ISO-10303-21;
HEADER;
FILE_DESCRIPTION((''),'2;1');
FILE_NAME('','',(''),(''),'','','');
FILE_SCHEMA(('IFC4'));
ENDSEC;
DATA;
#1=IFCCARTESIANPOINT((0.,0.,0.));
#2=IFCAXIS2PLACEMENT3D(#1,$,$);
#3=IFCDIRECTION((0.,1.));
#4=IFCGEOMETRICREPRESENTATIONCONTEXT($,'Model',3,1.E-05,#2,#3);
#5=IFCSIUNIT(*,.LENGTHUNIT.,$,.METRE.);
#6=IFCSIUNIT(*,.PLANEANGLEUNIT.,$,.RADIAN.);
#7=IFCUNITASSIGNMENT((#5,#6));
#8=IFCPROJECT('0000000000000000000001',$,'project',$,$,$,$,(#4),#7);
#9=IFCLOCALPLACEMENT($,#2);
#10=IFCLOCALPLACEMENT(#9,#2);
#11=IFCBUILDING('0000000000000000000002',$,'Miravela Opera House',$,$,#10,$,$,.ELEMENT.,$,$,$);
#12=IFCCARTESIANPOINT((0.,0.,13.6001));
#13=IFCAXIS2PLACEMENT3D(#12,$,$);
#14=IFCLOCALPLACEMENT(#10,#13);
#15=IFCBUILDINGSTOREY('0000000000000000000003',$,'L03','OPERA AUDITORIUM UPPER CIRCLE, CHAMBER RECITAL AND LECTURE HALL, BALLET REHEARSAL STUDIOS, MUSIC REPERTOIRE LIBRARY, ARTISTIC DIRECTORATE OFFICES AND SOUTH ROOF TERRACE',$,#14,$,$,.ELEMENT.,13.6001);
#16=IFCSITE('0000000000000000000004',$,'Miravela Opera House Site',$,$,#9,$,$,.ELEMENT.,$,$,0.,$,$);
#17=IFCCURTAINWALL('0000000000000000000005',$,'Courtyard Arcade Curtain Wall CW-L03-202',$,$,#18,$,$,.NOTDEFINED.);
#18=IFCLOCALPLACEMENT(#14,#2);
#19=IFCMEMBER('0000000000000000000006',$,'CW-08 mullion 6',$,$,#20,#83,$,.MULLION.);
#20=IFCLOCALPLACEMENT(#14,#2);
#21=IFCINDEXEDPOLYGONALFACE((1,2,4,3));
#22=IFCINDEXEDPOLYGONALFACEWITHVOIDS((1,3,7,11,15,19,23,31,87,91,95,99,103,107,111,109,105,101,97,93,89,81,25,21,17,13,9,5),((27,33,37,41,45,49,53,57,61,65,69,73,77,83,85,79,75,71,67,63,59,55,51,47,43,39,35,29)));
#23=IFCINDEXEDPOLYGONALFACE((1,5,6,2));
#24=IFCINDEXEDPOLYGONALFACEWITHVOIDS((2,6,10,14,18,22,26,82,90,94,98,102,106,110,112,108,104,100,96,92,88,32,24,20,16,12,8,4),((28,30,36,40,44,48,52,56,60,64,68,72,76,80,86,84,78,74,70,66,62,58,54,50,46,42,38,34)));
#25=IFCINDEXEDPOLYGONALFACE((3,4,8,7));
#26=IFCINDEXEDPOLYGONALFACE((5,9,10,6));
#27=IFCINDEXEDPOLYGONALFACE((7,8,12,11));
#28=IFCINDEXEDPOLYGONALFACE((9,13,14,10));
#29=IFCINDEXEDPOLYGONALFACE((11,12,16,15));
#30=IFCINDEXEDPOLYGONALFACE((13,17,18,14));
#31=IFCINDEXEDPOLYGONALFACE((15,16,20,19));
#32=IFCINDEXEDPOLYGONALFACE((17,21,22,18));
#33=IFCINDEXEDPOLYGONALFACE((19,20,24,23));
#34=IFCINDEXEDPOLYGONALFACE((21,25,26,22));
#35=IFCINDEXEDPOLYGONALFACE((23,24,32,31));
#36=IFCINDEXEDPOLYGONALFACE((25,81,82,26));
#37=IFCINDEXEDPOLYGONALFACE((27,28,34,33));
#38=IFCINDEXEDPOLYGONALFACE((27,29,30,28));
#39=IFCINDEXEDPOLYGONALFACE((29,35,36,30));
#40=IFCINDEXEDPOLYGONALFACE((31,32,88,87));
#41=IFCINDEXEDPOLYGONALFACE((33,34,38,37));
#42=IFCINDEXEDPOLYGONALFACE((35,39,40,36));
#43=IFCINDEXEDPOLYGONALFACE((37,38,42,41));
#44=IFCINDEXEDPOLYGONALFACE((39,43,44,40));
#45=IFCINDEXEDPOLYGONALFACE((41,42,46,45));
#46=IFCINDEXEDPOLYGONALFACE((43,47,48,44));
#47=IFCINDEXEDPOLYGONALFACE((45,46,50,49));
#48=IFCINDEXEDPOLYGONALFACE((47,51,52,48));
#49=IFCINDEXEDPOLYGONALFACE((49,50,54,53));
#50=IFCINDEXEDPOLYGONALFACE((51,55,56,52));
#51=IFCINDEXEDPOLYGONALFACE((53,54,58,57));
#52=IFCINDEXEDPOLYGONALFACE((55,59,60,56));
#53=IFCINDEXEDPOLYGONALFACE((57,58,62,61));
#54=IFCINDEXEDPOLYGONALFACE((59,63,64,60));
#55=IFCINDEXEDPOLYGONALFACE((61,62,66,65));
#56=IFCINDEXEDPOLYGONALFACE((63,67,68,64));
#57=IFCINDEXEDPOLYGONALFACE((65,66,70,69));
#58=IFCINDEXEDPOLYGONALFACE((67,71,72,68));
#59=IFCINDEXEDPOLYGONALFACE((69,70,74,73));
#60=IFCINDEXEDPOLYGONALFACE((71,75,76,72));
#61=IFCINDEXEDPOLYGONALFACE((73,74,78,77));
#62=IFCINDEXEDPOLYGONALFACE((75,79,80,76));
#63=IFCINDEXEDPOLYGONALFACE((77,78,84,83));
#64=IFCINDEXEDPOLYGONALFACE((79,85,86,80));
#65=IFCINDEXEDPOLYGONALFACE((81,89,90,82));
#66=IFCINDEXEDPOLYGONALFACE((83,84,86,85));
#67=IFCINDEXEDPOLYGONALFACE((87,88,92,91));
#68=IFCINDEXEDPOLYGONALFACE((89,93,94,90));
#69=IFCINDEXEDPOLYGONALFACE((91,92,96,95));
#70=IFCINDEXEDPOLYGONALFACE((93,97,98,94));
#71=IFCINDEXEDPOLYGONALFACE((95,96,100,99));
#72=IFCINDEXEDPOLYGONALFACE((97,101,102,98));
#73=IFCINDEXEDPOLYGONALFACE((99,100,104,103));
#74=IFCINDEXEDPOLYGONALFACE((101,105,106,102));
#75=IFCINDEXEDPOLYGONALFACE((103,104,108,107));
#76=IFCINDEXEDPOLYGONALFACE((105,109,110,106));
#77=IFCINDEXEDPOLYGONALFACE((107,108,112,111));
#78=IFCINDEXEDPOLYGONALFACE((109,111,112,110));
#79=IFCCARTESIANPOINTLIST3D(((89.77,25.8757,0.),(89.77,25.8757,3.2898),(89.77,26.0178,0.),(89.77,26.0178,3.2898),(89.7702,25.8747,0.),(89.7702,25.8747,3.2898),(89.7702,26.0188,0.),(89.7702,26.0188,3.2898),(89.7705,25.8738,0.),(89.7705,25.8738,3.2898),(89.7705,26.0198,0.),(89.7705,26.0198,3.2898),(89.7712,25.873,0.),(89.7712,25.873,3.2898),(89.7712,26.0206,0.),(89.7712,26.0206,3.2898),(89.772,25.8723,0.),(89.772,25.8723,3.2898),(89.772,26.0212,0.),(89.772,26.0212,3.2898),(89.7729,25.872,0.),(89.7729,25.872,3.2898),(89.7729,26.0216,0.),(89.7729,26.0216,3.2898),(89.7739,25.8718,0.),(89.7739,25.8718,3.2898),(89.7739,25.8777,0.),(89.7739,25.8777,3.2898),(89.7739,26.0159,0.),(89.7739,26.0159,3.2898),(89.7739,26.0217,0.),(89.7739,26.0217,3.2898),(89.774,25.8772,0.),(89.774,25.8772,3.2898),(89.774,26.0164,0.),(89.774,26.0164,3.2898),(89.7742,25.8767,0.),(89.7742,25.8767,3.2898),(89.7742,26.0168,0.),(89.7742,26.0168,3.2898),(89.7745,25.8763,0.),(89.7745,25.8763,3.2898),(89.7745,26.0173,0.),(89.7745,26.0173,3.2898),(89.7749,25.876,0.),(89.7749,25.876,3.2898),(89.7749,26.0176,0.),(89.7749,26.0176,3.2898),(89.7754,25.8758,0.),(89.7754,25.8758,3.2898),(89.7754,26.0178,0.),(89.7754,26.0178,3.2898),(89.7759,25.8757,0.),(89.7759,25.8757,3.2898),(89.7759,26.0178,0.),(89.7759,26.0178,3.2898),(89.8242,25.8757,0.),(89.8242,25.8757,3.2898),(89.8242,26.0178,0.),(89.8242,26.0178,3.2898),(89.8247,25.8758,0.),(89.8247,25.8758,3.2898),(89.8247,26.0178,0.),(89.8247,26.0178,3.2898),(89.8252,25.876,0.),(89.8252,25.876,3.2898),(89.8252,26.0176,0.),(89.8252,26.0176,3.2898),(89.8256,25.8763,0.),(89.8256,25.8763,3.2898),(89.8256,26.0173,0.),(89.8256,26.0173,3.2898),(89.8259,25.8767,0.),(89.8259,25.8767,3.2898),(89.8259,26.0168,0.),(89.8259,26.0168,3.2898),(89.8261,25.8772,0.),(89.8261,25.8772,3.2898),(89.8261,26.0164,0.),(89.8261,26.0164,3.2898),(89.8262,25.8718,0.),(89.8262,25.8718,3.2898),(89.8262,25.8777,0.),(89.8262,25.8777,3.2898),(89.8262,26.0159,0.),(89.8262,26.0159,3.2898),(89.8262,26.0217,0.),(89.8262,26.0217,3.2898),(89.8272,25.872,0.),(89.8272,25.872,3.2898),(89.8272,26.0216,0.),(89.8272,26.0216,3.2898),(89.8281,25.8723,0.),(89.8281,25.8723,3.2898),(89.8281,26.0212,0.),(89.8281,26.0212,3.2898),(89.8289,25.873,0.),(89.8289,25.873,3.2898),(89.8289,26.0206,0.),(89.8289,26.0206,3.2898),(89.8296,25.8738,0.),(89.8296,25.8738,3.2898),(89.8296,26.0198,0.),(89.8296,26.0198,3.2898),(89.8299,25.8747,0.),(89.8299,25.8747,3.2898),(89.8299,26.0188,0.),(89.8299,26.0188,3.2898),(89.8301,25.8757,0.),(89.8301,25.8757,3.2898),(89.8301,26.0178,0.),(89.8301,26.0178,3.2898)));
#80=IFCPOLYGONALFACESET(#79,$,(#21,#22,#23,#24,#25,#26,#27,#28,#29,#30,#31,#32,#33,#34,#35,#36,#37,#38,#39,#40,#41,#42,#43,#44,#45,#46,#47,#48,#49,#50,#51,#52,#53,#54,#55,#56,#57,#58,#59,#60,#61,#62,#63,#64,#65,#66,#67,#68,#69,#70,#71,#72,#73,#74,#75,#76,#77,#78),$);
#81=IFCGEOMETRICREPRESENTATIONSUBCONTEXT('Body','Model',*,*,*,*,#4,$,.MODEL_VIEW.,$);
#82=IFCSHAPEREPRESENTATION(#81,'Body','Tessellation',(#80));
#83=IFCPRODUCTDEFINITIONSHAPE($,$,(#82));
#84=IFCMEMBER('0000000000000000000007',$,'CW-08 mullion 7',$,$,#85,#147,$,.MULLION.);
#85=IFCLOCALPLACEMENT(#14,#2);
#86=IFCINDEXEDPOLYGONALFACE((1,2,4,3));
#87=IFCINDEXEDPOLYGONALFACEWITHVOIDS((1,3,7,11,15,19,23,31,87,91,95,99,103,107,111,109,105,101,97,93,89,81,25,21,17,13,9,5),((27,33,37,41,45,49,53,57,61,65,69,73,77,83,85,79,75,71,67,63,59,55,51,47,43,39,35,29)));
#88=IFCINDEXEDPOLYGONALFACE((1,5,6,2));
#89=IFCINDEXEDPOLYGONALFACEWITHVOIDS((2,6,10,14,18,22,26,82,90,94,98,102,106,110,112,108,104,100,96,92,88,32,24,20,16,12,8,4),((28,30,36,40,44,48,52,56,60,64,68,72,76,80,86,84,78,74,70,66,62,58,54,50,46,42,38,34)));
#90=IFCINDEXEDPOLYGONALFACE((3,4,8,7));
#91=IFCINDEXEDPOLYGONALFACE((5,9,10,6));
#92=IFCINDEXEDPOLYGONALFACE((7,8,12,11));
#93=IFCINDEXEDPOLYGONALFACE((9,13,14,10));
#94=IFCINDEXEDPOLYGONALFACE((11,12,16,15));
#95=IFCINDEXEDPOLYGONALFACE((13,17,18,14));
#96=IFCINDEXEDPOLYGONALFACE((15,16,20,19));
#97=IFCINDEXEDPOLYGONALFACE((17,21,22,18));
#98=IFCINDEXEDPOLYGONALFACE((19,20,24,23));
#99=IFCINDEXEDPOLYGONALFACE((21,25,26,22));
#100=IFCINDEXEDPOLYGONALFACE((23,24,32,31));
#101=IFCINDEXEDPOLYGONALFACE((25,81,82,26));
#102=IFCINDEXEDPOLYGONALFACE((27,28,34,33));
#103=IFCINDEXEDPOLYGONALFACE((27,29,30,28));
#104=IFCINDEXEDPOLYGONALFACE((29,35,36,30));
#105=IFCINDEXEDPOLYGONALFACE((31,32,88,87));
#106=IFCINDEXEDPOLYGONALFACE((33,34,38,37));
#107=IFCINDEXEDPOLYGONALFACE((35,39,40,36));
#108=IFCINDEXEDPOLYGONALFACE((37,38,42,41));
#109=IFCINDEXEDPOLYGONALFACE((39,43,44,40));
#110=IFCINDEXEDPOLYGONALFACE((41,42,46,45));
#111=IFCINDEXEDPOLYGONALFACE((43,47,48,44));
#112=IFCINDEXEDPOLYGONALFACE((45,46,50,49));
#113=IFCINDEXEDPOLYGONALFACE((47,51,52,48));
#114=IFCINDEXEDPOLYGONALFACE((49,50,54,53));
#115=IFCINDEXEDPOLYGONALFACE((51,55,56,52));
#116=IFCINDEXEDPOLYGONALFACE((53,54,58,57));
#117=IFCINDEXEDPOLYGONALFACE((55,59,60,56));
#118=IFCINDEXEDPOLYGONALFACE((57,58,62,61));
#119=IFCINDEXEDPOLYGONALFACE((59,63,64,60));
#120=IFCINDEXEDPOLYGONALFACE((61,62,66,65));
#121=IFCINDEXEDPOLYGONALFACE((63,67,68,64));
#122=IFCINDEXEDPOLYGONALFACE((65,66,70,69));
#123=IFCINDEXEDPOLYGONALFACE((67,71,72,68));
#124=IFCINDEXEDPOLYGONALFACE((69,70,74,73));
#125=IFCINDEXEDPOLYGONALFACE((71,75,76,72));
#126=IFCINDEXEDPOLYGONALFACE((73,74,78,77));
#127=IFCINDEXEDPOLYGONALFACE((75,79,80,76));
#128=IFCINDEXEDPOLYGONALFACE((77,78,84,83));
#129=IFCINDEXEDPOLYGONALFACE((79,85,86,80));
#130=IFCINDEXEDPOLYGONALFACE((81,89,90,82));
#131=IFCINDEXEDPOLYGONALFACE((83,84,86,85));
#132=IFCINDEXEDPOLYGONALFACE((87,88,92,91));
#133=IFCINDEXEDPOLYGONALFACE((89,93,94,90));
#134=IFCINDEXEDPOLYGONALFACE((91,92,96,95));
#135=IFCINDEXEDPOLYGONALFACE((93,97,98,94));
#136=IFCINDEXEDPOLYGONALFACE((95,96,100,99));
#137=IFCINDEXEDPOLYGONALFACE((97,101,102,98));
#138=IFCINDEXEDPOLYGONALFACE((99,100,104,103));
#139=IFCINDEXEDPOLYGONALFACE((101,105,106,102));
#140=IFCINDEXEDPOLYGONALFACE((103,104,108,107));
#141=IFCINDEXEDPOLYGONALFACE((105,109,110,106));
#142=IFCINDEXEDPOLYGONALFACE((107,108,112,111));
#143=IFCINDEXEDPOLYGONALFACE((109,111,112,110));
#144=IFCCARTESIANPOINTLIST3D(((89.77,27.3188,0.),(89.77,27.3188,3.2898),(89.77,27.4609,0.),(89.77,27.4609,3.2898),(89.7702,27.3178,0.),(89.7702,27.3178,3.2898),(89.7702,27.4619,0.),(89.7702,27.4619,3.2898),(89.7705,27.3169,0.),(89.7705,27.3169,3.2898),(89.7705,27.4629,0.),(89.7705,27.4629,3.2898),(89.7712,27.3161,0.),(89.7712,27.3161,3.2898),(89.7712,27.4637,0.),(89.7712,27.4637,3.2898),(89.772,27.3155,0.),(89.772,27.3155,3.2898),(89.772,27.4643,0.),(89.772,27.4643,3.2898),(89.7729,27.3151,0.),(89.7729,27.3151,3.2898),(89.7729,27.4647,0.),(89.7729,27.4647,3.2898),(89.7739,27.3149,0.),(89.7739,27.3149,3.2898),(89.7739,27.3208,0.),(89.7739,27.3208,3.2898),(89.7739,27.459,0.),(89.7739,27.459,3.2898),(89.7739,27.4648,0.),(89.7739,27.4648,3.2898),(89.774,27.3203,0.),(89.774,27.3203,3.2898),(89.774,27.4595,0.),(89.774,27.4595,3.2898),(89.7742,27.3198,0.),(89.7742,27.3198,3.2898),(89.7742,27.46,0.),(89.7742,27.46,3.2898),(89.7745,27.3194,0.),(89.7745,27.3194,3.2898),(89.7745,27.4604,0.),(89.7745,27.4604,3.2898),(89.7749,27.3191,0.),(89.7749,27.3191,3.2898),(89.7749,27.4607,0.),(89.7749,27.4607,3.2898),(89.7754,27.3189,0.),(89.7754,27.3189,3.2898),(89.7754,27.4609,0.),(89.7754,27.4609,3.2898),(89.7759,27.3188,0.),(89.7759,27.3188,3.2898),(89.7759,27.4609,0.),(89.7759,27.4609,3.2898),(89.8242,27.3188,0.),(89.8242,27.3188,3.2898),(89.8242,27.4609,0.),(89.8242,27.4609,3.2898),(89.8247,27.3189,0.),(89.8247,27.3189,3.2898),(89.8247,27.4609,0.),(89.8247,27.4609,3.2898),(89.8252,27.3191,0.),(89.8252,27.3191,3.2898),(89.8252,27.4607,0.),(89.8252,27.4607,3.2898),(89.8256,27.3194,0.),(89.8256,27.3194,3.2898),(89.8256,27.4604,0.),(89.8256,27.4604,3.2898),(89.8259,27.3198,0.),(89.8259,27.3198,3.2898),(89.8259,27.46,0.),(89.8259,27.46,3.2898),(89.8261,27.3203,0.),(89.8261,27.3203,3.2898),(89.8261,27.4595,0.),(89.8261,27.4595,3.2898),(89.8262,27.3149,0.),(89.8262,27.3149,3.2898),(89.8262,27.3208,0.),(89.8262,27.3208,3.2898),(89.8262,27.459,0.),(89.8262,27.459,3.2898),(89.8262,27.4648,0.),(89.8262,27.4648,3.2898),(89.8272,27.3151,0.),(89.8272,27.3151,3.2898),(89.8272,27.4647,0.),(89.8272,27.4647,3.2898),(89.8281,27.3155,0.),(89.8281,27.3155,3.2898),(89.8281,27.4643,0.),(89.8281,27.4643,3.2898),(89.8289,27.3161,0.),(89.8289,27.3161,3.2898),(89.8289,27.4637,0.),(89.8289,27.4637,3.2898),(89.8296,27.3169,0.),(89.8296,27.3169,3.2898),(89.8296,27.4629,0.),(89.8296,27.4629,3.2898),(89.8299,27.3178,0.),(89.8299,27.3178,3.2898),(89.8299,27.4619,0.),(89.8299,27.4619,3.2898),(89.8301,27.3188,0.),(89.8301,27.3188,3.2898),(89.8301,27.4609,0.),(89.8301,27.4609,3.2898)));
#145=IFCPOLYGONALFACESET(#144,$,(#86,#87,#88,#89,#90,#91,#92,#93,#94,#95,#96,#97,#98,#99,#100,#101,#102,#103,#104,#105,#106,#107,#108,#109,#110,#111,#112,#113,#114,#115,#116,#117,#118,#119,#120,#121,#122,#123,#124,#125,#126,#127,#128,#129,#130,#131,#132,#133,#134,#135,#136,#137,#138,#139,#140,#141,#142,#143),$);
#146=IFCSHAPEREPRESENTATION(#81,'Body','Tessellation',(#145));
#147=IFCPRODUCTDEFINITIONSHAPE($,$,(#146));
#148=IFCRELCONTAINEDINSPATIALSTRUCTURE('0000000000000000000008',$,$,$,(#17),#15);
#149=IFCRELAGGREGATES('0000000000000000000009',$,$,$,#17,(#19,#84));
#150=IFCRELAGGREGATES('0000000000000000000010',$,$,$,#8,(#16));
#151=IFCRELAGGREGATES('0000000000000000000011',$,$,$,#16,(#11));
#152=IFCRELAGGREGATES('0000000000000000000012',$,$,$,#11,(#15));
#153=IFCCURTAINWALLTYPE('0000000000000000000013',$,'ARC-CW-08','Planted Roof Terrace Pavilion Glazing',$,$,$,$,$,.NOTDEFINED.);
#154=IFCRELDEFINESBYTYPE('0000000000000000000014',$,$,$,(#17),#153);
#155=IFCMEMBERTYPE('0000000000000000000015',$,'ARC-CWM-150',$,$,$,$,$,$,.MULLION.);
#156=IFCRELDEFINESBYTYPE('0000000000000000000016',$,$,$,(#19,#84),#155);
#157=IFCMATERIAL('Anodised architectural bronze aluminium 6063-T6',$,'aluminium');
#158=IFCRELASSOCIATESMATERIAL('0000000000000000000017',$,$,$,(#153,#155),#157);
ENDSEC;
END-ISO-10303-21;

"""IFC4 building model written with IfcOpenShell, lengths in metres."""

from ifc_helpers import new_model, si_unit, direction, frame, origin, origin_2d, place, context, subcontext, project, spatial, hollow_rectangle, extrude, material, material_profile, profile_set, type_object, element, aggregate, save


model = new_model("IFC4")

# Units and contexts
model_context = context("Model", 3, precision=1e-05, world=origin(), true_north=direction((0.0, 1.0)))
body_context = subcontext(model_context, "Body", "Model", "MODEL_VIEW")
ifc_project = project(units=[si_unit("LENGTHUNIT", "METRE"), si_unit("PLANEANGLEUNIT", "RADIAN")], contexts=[model_context])

# Site, building, storey
site_placement = place(None, origin())
site = spatial("IfcSite", under=ifc_project, at=site_placement, Name="Miravela Opera House Site", CompositionType="ELEMENT", RefElevation=0.0)
building_placement = place(site_placement, origin())
building = spatial("IfcBuilding", under=site, at=building_placement, Name="Miravela Opera House", CompositionType="ELEMENT")
storey_placement = place(building_placement, frame((0.0, 0.0, 13.6001)))
storey = spatial("IfcBuildingStorey", under=building, at=storey_placement, Name="L03", Description="OPERA AUDITORIUM UPPER CIRCLE, CHAMBER RECITAL AND LECTURE HALL, BALLET REHEARSAL STUDIOS, MUSIC REPERTOIRE LIBRARY, ARTISTIC DIRECTORATE OFFICES AND SOUTH ROOF TERRACE", CompositionType="ELEMENT", Elevation=13.6001)

# Curtain wall, members
ifc_material_1 = material(Name="Anodised architectural bronze aluminium 6063-T6", Category="aluminium")
curtain_wall_type = type_object("IfcCurtainWallType", Name="ARC-CW-08", Description="Planted Roof Terrace Pavilion Glazing", PredefinedType="NOTDEFINED", material=ifc_material_1)
curtain_wall_1_placement = place(storey_placement, origin())
curtain_wall_1 = element("IfcCurtainWall", 1, at=curtain_wall_1_placement, inside=storey, type_object=curtain_wall_type, Name="Courtyard Arcade Curtain Wall CW-L03-202", PredefinedType="NOTDEFINED")
ifc_material_profile_1 = material_profile(ifc_material_1, hollow_rectangle(XDim=0.0601, YDim=0.1499, WallThickness=0.0039, InnerFilletRadius=0.002, OuterFilletRadius=0.0039, at=origin_2d()), Name="CWM-60X150")
ifc_profile_set_1 = profile_set([ifc_material_profile_1])
member_type_1 = type_object("IfcMemberType", Name="ARC-CWM-150", PredefinedType="MULLION", material=ifc_profile_set_1)
member_1_placement = place(storey_placement, frame((89.8, 25.9468, 0.0), z_axis=(0.0, 0.0, 1.0), x_axis=(-1.0, 0.0, 0.0)))
member_1 = element("IfcMember", 2, at=member_1_placement, type_object=member_type_1, Name="CW-08 mullion 6", PredefinedType="MULLION", context=body_context, shape_type="SweptSolid", body=[
    extrude(hollow_rectangle(XDim=0.0601, YDim=0.1499, WallThickness=0.0039, InnerFilletRadius=0.002, OuterFilletRadius=0.0039, at=origin_2d()), origin(), (0.0, 0.0, 1.0), 3.2898),
])
member_2_placement = place(storey_placement, frame((89.8, 27.3899, 0.0), z_axis=(0.0, 0.0, 1.0), x_axis=(-1.0, 0.0, 0.0)))
member_2 = element("IfcMember", 3, at=member_2_placement, type_object=member_type_1, Name="CW-08 mullion 7", PredefinedType="MULLION", context=body_context, shape_type="SweptSolid", body=[
    extrude(hollow_rectangle(XDim=0.0601, YDim=0.1499, WallThickness=0.0039, InnerFilletRadius=0.002, OuterFilletRadius=0.0039, at=origin_2d()), origin(), (0.0, 0.0, 1.0), 3.2898),
])

aggregate(curtain_wall_1, [member_1, member_2])

save(model, "model.ifc")
